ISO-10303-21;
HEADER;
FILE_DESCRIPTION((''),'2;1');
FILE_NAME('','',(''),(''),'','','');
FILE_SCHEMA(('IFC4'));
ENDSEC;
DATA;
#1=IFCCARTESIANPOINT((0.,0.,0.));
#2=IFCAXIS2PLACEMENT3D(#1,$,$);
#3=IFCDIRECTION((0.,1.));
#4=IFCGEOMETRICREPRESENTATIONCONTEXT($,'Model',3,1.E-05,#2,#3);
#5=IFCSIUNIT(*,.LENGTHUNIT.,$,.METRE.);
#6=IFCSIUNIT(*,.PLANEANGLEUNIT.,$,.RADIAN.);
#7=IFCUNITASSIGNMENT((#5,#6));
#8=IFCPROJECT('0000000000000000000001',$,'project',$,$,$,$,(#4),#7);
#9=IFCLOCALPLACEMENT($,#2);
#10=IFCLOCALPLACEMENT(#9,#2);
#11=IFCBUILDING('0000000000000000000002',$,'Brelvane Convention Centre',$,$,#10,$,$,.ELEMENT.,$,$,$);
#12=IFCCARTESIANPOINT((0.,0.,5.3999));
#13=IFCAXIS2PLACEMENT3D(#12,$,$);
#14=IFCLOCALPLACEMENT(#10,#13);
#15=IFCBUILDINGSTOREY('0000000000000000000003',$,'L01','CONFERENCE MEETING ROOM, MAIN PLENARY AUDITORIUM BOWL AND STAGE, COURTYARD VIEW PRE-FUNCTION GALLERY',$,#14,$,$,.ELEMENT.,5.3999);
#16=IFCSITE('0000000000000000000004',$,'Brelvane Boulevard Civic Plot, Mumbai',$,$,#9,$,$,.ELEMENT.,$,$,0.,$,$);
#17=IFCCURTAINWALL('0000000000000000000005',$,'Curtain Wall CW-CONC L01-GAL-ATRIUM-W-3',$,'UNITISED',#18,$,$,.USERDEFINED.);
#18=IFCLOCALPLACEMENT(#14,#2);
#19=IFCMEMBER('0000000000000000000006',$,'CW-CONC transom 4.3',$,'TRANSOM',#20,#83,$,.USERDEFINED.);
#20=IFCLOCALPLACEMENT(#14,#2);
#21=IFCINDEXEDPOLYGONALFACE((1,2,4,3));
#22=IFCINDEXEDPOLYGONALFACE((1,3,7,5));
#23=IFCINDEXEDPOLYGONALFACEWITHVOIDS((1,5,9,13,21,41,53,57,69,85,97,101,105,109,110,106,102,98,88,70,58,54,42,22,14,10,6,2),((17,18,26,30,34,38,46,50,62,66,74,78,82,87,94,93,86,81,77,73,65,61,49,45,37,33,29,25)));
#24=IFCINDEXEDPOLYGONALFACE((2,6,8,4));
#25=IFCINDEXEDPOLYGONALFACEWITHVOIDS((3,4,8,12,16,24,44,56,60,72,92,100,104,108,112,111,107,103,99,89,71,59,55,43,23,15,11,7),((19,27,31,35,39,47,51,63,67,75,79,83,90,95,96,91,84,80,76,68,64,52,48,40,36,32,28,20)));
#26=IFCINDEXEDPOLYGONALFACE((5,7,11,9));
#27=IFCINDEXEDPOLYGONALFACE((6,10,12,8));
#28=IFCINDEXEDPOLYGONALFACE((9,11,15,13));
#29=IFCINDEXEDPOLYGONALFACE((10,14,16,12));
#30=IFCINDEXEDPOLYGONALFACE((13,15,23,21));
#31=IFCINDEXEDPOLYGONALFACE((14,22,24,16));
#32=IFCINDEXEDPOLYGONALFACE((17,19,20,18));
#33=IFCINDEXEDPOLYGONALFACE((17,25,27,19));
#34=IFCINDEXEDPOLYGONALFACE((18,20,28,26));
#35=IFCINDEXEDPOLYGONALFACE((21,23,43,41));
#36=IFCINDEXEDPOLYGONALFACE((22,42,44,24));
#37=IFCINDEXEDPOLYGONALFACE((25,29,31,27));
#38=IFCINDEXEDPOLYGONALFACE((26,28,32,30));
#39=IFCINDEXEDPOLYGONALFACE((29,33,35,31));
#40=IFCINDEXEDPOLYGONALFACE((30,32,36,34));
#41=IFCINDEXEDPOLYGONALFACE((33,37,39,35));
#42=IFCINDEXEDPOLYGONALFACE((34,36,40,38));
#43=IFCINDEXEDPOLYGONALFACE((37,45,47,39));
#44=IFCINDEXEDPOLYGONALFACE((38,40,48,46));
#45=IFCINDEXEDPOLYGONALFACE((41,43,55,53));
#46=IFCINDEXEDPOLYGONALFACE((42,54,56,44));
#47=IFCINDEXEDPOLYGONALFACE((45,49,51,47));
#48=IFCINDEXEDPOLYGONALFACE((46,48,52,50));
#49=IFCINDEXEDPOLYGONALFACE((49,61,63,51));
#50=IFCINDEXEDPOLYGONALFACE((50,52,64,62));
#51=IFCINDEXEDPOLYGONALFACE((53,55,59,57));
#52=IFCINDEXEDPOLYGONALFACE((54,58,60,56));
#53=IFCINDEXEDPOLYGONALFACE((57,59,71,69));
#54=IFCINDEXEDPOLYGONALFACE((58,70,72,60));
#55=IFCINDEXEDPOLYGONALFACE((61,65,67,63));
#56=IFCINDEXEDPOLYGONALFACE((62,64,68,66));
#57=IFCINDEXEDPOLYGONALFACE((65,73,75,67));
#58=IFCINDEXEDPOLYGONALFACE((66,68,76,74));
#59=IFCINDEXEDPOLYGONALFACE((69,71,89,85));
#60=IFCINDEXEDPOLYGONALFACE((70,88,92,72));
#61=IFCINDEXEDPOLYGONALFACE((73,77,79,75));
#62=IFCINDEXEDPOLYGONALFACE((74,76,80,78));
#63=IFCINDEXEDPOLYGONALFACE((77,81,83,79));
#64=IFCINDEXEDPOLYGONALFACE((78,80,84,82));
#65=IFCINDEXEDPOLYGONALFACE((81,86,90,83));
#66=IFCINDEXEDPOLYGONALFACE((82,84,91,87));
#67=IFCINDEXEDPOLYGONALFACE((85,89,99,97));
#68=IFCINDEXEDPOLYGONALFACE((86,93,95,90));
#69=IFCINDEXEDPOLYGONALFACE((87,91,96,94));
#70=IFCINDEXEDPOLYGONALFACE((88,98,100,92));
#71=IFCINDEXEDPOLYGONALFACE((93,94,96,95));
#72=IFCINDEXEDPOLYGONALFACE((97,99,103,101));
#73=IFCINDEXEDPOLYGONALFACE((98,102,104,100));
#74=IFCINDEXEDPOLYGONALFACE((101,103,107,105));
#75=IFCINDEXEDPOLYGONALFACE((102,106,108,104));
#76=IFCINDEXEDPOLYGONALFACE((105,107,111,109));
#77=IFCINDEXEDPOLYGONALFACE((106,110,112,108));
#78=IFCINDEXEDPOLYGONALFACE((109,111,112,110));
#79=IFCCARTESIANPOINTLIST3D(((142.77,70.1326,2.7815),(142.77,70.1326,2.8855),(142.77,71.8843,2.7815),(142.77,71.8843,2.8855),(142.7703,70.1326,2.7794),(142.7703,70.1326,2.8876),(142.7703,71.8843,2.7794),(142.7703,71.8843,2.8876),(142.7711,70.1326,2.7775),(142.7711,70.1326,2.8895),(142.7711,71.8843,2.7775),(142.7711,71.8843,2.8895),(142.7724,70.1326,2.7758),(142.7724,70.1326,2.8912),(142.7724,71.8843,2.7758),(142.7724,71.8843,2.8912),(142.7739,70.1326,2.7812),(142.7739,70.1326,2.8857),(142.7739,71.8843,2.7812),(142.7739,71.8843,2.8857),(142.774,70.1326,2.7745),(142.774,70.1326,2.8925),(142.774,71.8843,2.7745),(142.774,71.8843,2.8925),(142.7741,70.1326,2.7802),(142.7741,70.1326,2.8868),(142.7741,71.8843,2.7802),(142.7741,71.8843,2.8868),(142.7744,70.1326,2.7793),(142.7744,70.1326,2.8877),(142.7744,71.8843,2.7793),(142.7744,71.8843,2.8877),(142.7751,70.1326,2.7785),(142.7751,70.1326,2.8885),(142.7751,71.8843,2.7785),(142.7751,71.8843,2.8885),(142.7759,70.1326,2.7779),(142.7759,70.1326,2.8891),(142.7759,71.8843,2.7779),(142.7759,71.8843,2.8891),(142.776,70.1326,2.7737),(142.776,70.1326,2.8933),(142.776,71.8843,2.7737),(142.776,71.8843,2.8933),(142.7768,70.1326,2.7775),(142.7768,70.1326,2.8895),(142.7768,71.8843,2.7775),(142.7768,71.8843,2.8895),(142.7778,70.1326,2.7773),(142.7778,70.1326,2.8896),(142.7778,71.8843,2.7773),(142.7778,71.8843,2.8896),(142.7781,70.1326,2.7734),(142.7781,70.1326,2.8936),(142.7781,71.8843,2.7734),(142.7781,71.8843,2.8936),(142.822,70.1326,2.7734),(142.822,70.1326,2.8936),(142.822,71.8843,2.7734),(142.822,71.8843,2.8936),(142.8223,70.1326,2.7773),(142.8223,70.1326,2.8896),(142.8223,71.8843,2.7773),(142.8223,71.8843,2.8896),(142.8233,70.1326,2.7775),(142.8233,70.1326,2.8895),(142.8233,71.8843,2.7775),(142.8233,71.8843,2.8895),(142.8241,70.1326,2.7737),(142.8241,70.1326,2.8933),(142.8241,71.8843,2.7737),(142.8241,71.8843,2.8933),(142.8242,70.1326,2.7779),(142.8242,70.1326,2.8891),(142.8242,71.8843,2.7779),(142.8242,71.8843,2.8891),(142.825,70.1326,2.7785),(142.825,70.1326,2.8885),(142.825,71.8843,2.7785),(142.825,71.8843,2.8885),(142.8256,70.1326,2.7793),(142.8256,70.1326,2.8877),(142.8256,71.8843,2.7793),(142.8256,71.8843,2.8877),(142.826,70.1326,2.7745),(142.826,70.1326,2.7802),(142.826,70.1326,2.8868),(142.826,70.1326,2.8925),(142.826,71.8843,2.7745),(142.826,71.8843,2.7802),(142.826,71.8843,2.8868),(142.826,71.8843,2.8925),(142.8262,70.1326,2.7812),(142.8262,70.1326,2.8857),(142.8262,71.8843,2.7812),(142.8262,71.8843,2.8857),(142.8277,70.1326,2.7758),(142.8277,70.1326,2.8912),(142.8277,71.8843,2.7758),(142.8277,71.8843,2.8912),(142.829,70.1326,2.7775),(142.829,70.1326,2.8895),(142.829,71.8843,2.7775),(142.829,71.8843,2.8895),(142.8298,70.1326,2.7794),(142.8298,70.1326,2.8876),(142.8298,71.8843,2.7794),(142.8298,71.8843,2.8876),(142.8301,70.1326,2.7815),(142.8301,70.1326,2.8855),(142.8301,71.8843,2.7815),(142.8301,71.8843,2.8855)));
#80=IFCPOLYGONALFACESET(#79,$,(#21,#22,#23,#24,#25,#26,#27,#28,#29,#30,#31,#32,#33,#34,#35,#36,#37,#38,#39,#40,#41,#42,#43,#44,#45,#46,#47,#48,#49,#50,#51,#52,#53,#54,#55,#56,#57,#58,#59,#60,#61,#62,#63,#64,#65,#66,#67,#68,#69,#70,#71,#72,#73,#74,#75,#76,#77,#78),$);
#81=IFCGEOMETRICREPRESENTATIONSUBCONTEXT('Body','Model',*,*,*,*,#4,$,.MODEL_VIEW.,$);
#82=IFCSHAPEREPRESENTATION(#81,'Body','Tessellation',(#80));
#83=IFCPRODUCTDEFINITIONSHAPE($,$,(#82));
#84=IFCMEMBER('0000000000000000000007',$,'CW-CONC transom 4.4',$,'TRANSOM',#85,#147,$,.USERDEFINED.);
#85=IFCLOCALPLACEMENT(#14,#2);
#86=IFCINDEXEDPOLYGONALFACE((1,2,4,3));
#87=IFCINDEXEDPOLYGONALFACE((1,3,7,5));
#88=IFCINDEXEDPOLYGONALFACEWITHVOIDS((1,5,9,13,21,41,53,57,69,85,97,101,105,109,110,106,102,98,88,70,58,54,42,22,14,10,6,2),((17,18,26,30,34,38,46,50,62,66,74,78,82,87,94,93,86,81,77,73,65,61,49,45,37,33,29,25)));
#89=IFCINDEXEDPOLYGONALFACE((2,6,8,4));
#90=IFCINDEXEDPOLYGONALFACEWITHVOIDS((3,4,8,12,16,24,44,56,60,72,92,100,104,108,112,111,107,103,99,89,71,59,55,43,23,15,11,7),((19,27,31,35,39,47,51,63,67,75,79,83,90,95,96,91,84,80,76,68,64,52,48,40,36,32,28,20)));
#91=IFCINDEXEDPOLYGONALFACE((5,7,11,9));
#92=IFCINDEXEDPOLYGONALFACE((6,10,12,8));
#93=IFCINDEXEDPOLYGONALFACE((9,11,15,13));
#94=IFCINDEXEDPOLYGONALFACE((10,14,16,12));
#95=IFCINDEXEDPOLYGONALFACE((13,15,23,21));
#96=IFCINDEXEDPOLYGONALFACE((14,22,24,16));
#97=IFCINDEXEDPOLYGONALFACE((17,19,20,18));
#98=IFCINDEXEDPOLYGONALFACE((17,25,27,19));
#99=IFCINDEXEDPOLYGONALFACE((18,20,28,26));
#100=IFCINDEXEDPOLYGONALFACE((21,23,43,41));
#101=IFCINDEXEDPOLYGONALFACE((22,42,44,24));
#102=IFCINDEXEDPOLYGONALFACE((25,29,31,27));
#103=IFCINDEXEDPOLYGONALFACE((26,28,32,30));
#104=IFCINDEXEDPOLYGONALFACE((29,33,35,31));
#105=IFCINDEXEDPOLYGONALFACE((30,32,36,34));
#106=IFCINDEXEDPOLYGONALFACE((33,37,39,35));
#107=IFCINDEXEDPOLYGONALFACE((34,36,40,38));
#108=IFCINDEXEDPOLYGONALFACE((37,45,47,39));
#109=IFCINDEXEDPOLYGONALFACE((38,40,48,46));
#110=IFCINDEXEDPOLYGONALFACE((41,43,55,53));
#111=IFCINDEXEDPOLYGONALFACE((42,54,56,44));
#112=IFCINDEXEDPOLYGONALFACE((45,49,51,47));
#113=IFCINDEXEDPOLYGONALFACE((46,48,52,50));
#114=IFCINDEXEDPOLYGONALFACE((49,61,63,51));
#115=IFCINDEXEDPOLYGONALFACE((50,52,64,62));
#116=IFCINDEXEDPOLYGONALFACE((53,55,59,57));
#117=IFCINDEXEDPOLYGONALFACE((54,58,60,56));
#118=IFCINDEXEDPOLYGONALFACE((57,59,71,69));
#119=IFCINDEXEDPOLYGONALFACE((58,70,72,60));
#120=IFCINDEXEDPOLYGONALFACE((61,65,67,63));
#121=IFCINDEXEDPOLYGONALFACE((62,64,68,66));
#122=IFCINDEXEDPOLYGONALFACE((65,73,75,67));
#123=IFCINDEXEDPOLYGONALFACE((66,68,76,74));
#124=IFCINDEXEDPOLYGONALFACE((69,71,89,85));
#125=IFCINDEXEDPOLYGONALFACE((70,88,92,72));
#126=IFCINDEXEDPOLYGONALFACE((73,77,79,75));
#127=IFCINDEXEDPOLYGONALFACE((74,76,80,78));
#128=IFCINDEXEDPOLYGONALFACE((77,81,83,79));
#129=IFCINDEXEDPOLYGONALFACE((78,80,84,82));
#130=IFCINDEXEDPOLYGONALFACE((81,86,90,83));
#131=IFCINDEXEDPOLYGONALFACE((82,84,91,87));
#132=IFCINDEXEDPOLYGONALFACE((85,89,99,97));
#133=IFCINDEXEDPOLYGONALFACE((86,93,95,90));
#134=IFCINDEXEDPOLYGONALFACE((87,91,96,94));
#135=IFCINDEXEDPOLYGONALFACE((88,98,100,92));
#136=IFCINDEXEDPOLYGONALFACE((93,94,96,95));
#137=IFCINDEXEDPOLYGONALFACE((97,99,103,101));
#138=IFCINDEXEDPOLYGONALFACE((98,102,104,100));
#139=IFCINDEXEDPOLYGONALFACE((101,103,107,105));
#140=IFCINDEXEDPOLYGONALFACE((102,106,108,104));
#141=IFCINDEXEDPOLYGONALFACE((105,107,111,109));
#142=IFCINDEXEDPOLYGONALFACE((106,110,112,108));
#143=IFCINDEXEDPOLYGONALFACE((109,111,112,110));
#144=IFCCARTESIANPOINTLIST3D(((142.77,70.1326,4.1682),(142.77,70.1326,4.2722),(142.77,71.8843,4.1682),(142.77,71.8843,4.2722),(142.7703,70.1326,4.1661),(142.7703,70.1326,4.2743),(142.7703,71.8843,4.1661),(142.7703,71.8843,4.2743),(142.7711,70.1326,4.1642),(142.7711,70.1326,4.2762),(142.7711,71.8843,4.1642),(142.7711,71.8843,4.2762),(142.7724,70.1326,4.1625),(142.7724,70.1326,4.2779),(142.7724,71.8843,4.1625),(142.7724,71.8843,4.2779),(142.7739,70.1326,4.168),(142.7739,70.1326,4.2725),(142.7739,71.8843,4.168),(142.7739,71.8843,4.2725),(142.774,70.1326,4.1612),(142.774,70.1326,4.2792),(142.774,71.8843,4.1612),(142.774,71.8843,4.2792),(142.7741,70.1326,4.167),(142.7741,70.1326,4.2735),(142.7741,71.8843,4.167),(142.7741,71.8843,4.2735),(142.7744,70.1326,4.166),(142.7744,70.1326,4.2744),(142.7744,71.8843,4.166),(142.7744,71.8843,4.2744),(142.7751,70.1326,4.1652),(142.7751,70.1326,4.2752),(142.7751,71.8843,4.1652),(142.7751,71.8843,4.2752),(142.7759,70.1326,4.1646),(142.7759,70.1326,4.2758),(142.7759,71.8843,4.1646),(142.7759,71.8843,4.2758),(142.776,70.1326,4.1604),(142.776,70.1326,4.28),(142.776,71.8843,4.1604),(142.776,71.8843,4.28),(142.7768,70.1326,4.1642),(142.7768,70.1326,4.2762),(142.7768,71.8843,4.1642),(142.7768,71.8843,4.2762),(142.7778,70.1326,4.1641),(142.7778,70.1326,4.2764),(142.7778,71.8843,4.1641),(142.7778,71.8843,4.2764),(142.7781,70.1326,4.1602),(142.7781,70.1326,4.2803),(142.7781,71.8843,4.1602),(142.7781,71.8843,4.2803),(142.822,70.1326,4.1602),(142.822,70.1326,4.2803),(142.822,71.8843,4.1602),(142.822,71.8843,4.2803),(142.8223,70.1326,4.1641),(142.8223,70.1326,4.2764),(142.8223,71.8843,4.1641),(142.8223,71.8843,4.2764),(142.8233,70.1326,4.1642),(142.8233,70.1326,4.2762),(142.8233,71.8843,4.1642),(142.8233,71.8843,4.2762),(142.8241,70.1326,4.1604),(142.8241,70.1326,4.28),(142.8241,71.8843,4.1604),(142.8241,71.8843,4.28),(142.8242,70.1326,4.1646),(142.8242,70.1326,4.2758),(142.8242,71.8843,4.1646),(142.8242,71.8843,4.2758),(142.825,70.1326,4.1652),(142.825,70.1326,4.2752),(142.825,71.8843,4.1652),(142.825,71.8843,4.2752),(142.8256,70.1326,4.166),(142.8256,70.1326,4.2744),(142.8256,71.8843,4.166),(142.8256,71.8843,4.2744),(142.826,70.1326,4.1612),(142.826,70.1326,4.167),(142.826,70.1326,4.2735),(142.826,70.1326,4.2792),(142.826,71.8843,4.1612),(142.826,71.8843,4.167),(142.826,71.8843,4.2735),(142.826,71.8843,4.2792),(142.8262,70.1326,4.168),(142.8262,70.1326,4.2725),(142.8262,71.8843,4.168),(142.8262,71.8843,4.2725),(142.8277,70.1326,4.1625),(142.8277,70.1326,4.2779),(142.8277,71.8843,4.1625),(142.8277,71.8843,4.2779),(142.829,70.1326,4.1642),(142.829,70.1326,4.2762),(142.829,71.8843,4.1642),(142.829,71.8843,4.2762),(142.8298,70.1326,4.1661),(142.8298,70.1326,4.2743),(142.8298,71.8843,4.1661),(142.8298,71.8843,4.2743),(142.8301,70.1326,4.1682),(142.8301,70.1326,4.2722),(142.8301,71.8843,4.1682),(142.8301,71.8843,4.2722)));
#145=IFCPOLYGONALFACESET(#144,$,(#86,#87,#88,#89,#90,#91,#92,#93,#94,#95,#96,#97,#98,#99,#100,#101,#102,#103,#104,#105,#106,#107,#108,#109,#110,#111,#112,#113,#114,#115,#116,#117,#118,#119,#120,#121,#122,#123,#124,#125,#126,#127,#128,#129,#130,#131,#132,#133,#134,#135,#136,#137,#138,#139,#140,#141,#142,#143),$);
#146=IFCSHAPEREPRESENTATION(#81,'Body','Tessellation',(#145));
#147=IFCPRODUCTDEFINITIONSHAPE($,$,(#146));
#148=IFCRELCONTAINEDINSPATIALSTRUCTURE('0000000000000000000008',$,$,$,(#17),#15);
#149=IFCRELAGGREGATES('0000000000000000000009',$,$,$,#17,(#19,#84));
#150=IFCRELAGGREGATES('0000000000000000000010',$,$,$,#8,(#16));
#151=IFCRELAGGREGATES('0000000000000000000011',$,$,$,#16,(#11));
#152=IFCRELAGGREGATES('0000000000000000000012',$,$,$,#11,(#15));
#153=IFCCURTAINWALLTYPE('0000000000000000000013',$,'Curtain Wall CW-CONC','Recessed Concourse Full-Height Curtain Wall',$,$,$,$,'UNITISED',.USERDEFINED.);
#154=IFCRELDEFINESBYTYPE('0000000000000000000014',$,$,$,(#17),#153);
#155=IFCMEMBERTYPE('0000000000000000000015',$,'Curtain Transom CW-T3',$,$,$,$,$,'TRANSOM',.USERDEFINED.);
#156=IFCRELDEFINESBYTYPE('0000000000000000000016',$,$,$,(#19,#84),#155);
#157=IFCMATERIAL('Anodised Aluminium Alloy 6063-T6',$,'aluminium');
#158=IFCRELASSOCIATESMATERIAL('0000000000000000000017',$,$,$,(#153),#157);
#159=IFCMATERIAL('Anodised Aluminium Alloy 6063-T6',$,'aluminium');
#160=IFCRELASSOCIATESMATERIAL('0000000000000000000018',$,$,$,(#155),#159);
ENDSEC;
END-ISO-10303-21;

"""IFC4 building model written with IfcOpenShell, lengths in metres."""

from ifc_helpers import new_model, si_unit, direction, frame, origin, origin_2d, place, context, subcontext, project, spatial, hollow_rectangle, extrude, material, material_profile, profile_set, type_object, element, aggregate, save


model = new_model("IFC4")

# Units and contexts
model_context = context("Model", 3, precision=1e-05, world=origin(), true_north=direction((0.0, 1.0)))
body_context = subcontext(model_context, "Body", "Model", "MODEL_VIEW")
ifc_project = project(units=[si_unit("LENGTHUNIT", "METRE"), si_unit("PLANEANGLEUNIT", "RADIAN")], contexts=[model_context])

# Site, building, storey
site_placement = place(None, origin())
site = spatial("IfcSite", under=ifc_project, at=site_placement, Name="Brelvane Boulevard Civic Plot, Mumbai", CompositionType="ELEMENT", RefElevation=0.0)
building_placement = place(site_placement, origin())
building = spatial("IfcBuilding", under=site, at=building_placement, Name="Brelvane Convention Centre", CompositionType="ELEMENT")
storey_placement = place(building_placement, frame((0.0, 0.0, 5.3999)))
storey = spatial("IfcBuildingStorey", under=building, at=storey_placement, Name="L01", Description="CONFERENCE MEETING ROOM, MAIN PLENARY AUDITORIUM BOWL AND STAGE, COURTYARD VIEW PRE-FUNCTION GALLERY", CompositionType="ELEMENT", Elevation=5.3999)

# Curtain wall, members
ifc_material_1 = material(Name="Anodised Aluminium Alloy 6063-T6", Category="aluminium")
curtain_wall_type = type_object("IfcCurtainWallType", Name="Curtain Wall CW-CONC", Description="Recessed Concourse Full-Height Curtain Wall", ElementType="UNITISED", PredefinedType="USERDEFINED", material=ifc_material_1)
curtain_wall_placement = place(storey_placement, origin())
curtain_wall = element("IfcCurtainWall", 1, at=curtain_wall_placement, inside=storey, type_object=curtain_wall_type, Name="Curtain Wall CW-CONC L01-GAL-ATRIUM-W-3", ObjectType="UNITISED", PredefinedType="USERDEFINED")
ifc_material_2 = material(Name="Anodised Aluminium Alloy 6063-T6", Category="aluminium")
ifc_material_profile_1 = material_profile(ifc_material_2, hollow_rectangle(XDim=0.0601, YDim=0.1201, WallThickness=0.0039, InnerFilletRadius=0.0039, OuterFilletRadius=0.0081, at=origin_2d()), Name="ALU-T 120x60x4.0")
ifc_profile_set_1 = profile_set([ifc_material_profile_1], Name="Anodised Aluminium Alloy 6063-T6")
member_type_1 = type_object("IfcMemberType", Name="Curtain Transom CW-T3", ElementType="TRANSOM", PredefinedType="USERDEFINED", material=ifc_profile_set_1)
member_1_placement = place(storey_placement, frame((142.8, 70.1326, 2.8335), z_axis=(0.0, 1.0, 0.0), x_axis=(-1.0, 0.0, 0.0)))
member_1 = element("IfcMember", 2, at=member_1_placement, type_object=member_type_1, Name="CW-CONC transom 4.3", ObjectType="TRANSOM", PredefinedType="USERDEFINED", context=body_context, shape_type="SweptSolid", body=[
    extrude(hollow_rectangle(XDim=0.0601, YDim=0.1201, WallThickness=0.0039, InnerFilletRadius=0.0039, OuterFilletRadius=0.0081, at=origin_2d()), origin(), (0.0, 0.0, 1.0), 1.7517),
])
member_2_placement = place(storey_placement, frame((142.8, 70.1326, 4.2202), z_axis=(0.0, 1.0, 0.0), x_axis=(-1.0, 0.0, 0.0)))
member_2 = element("IfcMember", 3, at=member_2_placement, type_object=member_type_1, Name="CW-CONC transom 4.4", ObjectType="TRANSOM", PredefinedType="USERDEFINED", context=body_context, shape_type="SweptSolid", body=[
    extrude(hollow_rectangle(XDim=0.0601, YDim=0.1201, WallThickness=0.0039, InnerFilletRadius=0.0039, OuterFilletRadius=0.0081, at=origin_2d()), origin(), (0.0, 0.0, 1.0), 1.7517),
])

aggregate(curtain_wall, [member_1, member_2])

save(model, "model.ifc")
